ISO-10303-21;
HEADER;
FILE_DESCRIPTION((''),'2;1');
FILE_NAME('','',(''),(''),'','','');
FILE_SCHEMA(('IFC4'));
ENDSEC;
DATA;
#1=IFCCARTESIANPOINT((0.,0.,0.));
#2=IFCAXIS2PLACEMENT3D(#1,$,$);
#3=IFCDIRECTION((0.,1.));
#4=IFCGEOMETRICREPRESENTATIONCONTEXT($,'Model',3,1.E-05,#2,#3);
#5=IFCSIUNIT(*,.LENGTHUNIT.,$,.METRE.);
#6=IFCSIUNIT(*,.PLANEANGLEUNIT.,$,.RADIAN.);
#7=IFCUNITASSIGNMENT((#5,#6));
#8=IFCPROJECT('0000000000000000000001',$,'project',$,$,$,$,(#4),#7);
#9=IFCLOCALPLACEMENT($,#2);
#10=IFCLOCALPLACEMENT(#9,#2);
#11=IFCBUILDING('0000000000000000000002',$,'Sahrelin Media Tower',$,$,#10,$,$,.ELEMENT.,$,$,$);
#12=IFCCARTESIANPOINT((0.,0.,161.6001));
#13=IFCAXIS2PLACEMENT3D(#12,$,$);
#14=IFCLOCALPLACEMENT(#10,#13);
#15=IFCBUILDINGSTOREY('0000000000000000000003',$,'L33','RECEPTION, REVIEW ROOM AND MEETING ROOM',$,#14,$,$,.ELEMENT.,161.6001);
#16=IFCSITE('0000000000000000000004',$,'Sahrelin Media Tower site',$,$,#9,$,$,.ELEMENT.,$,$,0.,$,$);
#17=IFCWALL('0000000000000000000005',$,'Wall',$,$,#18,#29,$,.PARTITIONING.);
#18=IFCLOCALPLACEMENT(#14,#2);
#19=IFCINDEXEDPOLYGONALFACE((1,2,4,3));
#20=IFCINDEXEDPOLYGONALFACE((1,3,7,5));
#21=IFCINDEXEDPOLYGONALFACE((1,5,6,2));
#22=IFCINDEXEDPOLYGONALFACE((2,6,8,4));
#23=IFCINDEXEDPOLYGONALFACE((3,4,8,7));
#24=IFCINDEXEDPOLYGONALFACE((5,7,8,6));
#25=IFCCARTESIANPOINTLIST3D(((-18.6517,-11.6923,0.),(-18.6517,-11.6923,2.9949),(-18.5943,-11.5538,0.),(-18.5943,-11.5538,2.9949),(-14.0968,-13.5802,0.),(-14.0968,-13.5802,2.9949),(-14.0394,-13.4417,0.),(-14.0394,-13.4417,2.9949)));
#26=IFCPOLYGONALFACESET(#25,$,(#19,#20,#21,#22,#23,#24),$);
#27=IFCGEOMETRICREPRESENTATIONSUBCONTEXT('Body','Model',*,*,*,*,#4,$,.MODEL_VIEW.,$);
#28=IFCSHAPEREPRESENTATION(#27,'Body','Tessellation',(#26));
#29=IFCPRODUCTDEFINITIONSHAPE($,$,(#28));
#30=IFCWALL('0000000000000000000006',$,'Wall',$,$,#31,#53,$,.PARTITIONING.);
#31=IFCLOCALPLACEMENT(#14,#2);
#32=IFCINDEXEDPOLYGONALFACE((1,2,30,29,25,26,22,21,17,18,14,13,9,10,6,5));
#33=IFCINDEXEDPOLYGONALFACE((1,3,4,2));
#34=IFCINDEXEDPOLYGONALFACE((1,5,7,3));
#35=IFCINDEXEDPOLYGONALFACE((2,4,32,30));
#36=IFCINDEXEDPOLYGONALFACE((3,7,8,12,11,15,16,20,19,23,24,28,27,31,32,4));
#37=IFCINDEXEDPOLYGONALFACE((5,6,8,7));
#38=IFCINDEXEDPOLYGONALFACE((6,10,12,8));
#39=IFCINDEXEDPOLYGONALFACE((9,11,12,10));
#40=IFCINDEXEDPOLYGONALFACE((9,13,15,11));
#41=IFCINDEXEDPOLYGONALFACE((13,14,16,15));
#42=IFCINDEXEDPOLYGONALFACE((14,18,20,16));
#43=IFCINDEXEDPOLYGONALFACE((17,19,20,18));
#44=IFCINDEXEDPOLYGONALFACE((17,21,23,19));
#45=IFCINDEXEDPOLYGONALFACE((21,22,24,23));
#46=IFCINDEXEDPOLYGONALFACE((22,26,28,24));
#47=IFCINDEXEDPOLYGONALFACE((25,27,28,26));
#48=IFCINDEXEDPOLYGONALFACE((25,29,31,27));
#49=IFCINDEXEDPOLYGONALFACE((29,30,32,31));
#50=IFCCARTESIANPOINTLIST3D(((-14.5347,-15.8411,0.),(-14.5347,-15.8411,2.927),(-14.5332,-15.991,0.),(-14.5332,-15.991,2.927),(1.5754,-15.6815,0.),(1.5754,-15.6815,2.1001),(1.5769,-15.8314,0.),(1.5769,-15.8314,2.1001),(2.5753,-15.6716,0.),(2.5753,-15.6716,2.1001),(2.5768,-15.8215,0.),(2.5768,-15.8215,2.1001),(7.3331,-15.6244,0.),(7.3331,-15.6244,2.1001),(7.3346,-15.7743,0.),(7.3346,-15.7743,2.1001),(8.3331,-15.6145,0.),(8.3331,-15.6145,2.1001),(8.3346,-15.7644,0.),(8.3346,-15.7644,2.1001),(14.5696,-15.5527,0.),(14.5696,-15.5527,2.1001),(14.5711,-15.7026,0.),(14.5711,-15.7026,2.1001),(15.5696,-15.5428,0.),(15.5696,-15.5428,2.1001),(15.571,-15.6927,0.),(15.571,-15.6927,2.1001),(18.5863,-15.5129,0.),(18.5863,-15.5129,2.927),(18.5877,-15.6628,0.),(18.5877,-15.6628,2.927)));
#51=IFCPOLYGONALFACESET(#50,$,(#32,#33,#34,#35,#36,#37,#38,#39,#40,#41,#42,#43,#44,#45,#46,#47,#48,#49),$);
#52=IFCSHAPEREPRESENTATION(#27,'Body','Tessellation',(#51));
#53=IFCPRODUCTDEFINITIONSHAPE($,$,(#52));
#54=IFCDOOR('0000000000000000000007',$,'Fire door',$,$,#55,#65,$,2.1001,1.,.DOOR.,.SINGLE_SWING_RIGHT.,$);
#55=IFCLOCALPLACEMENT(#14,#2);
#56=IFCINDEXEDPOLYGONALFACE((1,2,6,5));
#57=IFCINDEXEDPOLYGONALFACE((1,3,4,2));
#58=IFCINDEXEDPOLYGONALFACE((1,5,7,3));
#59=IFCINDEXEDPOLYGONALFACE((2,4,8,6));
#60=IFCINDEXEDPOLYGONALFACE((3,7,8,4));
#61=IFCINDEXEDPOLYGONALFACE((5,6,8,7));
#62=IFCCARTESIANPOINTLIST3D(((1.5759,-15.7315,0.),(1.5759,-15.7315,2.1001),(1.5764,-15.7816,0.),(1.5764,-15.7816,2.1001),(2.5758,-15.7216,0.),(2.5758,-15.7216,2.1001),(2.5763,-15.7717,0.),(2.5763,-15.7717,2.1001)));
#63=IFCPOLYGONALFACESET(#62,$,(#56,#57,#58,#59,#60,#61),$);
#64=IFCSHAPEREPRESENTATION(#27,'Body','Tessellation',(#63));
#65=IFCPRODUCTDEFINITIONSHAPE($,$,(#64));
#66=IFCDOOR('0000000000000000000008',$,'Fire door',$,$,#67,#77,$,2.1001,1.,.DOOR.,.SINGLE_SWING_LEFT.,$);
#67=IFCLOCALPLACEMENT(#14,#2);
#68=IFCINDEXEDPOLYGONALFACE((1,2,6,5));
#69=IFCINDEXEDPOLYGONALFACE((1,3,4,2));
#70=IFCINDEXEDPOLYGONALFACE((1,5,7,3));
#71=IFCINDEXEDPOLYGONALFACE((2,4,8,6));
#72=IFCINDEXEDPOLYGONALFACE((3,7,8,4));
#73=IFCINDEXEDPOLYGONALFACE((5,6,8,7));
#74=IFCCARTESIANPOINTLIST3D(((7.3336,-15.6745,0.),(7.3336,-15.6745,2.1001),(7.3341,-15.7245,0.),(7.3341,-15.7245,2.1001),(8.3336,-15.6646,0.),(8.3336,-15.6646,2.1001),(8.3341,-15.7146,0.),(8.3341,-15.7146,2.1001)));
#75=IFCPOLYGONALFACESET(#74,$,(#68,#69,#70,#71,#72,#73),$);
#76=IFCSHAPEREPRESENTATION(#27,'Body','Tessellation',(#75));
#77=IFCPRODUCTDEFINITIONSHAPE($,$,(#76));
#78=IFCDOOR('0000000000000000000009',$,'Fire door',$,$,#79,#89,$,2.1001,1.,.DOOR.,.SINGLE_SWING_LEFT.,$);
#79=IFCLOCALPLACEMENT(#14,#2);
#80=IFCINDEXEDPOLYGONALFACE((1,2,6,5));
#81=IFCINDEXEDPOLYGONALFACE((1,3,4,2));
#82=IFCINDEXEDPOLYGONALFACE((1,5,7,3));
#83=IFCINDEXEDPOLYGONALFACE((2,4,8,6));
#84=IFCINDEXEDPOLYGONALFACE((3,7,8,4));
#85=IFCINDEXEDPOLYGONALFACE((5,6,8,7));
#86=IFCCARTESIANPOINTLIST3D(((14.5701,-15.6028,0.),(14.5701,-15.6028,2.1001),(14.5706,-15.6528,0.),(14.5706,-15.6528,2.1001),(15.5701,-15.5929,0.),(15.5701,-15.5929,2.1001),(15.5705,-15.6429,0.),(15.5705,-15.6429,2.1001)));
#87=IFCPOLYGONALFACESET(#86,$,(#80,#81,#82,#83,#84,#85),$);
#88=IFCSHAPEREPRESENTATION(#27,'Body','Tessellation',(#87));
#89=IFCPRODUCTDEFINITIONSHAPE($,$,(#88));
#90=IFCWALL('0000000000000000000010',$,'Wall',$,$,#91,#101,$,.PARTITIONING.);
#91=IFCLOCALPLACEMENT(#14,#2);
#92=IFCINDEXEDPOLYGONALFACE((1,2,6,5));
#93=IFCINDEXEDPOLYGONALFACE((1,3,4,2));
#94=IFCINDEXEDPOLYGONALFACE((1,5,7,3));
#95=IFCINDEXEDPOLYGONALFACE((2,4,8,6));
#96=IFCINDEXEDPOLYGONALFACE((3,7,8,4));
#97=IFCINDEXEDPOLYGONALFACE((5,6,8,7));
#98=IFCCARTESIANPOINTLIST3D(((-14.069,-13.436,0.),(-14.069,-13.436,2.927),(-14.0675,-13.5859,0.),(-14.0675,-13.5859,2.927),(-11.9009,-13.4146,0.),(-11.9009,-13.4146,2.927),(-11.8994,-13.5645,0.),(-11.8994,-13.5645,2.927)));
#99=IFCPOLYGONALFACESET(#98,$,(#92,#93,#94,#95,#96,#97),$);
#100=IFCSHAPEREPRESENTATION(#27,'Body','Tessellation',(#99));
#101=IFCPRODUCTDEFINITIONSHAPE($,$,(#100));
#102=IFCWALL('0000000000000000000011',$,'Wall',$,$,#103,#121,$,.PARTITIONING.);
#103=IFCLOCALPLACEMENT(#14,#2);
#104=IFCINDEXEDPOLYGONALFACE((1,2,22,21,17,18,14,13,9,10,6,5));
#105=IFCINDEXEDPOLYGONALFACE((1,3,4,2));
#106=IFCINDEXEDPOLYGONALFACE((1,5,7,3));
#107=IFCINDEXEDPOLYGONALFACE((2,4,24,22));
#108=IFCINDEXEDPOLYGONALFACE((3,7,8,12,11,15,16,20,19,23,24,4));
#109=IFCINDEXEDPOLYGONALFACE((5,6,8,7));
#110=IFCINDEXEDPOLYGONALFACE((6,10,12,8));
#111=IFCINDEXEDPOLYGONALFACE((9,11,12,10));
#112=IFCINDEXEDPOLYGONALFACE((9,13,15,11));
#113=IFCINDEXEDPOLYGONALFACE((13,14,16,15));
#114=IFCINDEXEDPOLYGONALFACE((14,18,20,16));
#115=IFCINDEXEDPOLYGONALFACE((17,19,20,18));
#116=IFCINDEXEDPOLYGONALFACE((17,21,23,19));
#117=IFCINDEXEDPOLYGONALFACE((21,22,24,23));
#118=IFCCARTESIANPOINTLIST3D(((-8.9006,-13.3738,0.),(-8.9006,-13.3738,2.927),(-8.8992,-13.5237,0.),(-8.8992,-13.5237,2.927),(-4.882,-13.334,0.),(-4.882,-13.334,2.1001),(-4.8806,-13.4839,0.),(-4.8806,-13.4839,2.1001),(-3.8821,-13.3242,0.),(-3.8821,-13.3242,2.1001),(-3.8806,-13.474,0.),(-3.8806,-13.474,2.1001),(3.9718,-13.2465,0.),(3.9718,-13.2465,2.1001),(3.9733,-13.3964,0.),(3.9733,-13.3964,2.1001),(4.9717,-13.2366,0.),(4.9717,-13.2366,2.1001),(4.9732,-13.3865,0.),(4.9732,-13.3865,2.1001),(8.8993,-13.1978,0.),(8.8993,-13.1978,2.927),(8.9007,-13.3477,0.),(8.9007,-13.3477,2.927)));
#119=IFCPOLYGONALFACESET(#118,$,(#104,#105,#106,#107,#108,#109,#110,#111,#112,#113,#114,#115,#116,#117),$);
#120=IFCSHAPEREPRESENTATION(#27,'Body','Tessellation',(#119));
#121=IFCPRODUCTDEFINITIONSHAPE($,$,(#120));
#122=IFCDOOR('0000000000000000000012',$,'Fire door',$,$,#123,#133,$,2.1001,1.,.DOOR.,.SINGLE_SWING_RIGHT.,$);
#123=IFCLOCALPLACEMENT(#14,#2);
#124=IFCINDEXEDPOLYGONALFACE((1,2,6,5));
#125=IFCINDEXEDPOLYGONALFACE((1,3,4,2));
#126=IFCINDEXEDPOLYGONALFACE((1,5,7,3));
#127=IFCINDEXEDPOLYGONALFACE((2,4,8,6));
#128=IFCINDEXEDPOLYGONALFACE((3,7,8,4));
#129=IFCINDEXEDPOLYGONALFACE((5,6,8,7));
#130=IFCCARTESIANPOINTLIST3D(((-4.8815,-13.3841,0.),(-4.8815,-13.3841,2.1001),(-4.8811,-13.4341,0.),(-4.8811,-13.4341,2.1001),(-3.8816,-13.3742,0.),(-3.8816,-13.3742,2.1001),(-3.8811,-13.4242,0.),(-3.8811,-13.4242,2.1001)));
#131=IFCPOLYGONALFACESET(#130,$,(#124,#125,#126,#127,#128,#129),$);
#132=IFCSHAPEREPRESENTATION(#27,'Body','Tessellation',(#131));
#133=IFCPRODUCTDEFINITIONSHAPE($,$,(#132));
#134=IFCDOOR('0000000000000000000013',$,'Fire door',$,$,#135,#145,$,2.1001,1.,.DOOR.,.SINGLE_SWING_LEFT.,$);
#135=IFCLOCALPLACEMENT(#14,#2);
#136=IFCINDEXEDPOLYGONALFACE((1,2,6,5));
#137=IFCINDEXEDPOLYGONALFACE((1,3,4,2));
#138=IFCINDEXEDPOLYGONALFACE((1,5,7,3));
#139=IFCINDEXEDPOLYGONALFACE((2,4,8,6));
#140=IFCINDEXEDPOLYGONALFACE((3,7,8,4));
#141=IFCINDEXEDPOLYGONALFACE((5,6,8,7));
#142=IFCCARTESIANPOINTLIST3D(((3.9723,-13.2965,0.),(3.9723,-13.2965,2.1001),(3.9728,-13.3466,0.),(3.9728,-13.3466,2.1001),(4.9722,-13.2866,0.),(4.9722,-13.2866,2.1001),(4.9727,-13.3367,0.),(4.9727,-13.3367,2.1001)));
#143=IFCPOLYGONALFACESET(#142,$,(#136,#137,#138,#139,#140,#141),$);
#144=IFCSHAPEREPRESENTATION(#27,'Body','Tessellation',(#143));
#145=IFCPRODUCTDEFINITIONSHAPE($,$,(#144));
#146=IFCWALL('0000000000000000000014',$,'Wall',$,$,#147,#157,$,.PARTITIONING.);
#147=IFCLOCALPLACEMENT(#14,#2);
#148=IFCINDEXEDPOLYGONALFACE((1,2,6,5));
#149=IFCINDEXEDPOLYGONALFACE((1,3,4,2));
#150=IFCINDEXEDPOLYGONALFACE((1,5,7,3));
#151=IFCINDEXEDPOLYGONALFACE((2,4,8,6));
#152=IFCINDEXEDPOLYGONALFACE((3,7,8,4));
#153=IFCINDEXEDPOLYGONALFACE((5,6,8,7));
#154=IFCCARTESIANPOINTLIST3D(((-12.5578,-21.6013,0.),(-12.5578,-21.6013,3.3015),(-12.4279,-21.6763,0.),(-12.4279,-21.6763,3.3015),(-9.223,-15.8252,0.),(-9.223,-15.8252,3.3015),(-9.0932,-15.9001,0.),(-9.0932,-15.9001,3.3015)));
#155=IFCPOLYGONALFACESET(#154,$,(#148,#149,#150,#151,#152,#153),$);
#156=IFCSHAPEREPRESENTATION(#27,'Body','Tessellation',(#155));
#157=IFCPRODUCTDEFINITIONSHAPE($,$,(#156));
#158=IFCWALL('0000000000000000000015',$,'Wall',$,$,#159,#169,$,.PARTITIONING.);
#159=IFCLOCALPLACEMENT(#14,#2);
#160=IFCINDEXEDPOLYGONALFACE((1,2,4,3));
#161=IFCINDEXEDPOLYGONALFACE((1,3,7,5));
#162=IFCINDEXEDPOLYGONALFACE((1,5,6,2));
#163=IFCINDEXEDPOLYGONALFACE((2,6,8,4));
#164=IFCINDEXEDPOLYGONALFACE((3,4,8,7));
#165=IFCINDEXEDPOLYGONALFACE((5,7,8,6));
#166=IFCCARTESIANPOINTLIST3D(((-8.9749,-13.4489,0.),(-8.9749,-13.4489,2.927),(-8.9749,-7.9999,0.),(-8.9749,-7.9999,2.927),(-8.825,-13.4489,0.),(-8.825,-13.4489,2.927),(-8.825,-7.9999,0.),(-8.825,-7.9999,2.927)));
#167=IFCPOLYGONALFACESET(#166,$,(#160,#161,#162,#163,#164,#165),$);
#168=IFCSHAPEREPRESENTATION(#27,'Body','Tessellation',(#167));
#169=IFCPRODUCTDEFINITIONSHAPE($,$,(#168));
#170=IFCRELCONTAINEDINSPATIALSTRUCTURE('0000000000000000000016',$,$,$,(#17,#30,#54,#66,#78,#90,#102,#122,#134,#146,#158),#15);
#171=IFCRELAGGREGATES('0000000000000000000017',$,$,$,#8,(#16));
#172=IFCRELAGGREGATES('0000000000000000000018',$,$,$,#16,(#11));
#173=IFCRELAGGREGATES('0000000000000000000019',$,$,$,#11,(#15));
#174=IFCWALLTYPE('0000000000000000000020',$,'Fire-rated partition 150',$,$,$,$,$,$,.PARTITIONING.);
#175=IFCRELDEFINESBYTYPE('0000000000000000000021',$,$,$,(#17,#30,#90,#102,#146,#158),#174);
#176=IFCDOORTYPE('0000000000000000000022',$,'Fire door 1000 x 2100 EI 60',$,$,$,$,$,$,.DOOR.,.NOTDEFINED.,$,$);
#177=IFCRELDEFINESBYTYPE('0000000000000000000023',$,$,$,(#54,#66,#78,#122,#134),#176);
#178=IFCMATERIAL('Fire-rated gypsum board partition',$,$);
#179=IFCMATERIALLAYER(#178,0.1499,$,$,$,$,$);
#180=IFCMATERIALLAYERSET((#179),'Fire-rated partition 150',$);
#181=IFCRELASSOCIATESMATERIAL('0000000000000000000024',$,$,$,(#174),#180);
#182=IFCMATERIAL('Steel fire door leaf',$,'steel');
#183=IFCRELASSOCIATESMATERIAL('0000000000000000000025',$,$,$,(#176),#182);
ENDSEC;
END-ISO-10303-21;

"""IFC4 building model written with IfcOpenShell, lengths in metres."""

from ifc_helpers import new_model, si_unit, direction, frame, frame_2d, origin, place, context, subcontext, project, spatial, rectangle, extrude, material, layer, layer_set, type_object, element, fill, save


model = new_model("IFC4")

# Units and contexts
model_context = context("Model", 3, precision=1e-05, world=origin(), true_north=direction((0.0, 1.0)))
body_context = subcontext(model_context, "Body", "Model", "MODEL_VIEW")
ifc_project = project(units=[si_unit("LENGTHUNIT", "METRE"), si_unit("PLANEANGLEUNIT", "RADIAN")], contexts=[model_context])

# Site, building, storey
site_placement = place(None, origin())
site = spatial("IfcSite", under=ifc_project, at=site_placement, Name="Sahrelin Media Tower site", CompositionType="ELEMENT", RefElevation=0.0)
building_placement = place(site_placement, origin())
building = spatial("IfcBuilding", under=site, at=building_placement, Name="Sahrelin Media Tower", CompositionType="ELEMENT")
storey_placement = place(building_placement, frame((0.0, 0.0, 161.6001)))
storey = spatial("IfcBuildingStorey", under=building, at=storey_placement, Name="L33", Description="RECEPTION, REVIEW ROOM AND MEETING ROOM", CompositionType="ELEMENT", Elevation=161.6001)

# Wall
ifc_material_1 = material(Name="Fire-rated gypsum board partition")
ifc_layer_1 = layer(ifc_material_1, 0.1499)
ifc_layer_set_1 = layer_set([ifc_layer_1], Name="Fire-rated partition 150")
wall_type_1 = type_object("IfcWallType", Name="Fire-rated partition 150", PredefinedType="PARTITIONING", material=ifc_layer_set_1)
wall_1_placement = place(storey_placement, frame((-18.623, -11.623, 0.0), z_axis=(0.0, 0.0, 1.0), x_axis=(0.923792, -0.382895, 0.0)))
element("IfcWall", 1, at=wall_1_placement, inside=storey, type_object=wall_type_1, Name="Wall", PredefinedType="PARTITIONING", context=body_context, shape_type="SweptSolid", body=[
    extrude(rectangle(XDim=4.9307, YDim=0.1499, at=frame_2d((2.4653, 0.0))), origin(), (0.0, 0.0, 1.0), 2.9949),
])

# Wall, openings, doors
wall_2_placement = place(storey_placement, frame((-14.5339, -15.916, 0.0), z_axis=(0.0, 0.0, 1.0), x_axis=(0.999951, 0.009906, 0.0)))
wall_2 = element("IfcWall", 2, at=wall_2_placement, inside=storey, type_object=wall_type_1, Name="Wall", PredefinedType="PARTITIONING", context=body_context, shape_type="SweptSolid", body=[
    extrude(rectangle(XDim=33.1226, YDim=0.1499, at=frame_2d((16.5613, 0.0))), origin(), (0.0, 0.0, 1.0), 2.927),
])
opening_1_placement = place(wall_2_placement, frame((16.1108, 0.0, 0.0)))
opening_1 = element("IfcOpeningElement", 3, at=opening_1_placement, cuts=wall_2, PredefinedType="OPENING", context=body_context, shape_type="SweptSolid", body=[
    extrude(rectangle(XDim=1.0, YDim=2.1001, at=frame_2d((0.5, 1.05))), frame((0.0, 0.075, 0.0), z_axis=(0.0, -1.0, 0.0), x_axis=(1.0, 0.0, 0.0)), (0.0, 0.0, 1.0), 0.1499),
])
opening_2_placement = place(wall_2_placement, frame((21.8689, 0.0, 0.0)))
opening_2 = element("IfcOpeningElement", 4, at=opening_2_placement, cuts=wall_2, PredefinedType="OPENING", context=body_context, shape_type="SweptSolid", body=[
    extrude(rectangle(XDim=1.0, YDim=2.1001, at=frame_2d((0.5, 1.05))), frame((0.0, 0.075, 0.0), z_axis=(0.0, -1.0, 0.0), x_axis=(1.0, 0.0, 0.0)), (0.0, 0.0, 1.0), 0.1499),
])
opening_3_placement = place(wall_2_placement, frame((29.1057, 0.0, 0.0)))
opening_3 = element("IfcOpeningElement", 5, at=opening_3_placement, cuts=wall_2, PredefinedType="OPENING", context=body_context, shape_type="SweptSolid", body=[
    extrude(rectangle(XDim=1.0, YDim=2.1001, at=frame_2d((0.5, 1.05))), frame((0.0, 0.075, 0.0), z_axis=(0.0, -1.0, 0.0), x_axis=(1.0, 0.0, 0.0)), (0.0, 0.0, 1.0), 0.1499),
])
ifc_material_2 = material(Name="Steel fire door leaf", Category="steel")
door_type_1 = type_object("IfcDoorType", Name="Fire door 1000 x 2100 EI 60", OperationType="NOTDEFINED", PredefinedType="DOOR", material=ifc_material_2)
door_1_placement = place(opening_1_placement, origin())
door_1 = element("IfcDoor", 6, at=door_1_placement, inside=storey, type_object=door_type_1, Name="Fire door", OperationType="SINGLE_SWING_RIGHT", OverallHeight=2.1001, OverallWidth=1.0, PredefinedType="DOOR", context=body_context, shape_type="SweptSolid", body=[
    extrude(rectangle(XDim=1.0, YDim=2.1001, at=frame_2d((0.5, 1.05))), frame((0.0, 0.0249, 0.0), z_axis=(0.0, -1.0, 0.0), x_axis=(1.0, 0.0, 0.0)), (0.0, 0.0, 1.0), 0.05),
])
fill(opening_1, door_1)
door_2_placement = place(opening_2_placement, origin())
door_2 = element("IfcDoor", 7, at=door_2_placement, inside=storey, type_object=door_type_1, Name="Fire door", OperationType="SINGLE_SWING_LEFT", OverallHeight=2.1001, OverallWidth=1.0, PredefinedType="DOOR", context=body_context, shape_type="SweptSolid", body=[
    extrude(rectangle(XDim=1.0, YDim=2.1001, at=frame_2d((0.5, 1.05))), frame((0.0, 0.0249, 0.0), z_axis=(0.0, -1.0, 0.0), x_axis=(1.0, 0.0, 0.0)), (0.0, 0.0, 1.0), 0.05),
])
fill(opening_2, door_2)
door_3_placement = place(opening_3_placement, origin())
door_3 = element("IfcDoor", 8, at=door_3_placement, inside=storey, type_object=door_type_1, Name="Fire door", OperationType="SINGLE_SWING_LEFT", OverallHeight=2.1001, OverallWidth=1.0, PredefinedType="DOOR", context=body_context, shape_type="SweptSolid", body=[
    extrude(rectangle(XDim=1.0, YDim=2.1001, at=frame_2d((0.5, 1.05))), frame((0.0, 0.0249, 0.0), z_axis=(0.0, -1.0, 0.0), x_axis=(1.0, 0.0, 0.0)), (0.0, 0.0, 1.0), 0.05),
])
fill(opening_3, door_3)

# Wall
wall_3_placement = place(storey_placement, frame((-14.0681, -13.511, 0.0), z_axis=(0.0, 0.0, 1.0), x_axis=(0.999951, 0.009908, 0.0)))
element("IfcWall", 9, at=wall_3_placement, inside=storey, type_object=wall_type_1, Name="Wall", PredefinedType="PARTITIONING", context=body_context, shape_type="SweptSolid", body=[
    extrude(rectangle(XDim=2.1682, YDim=0.1499, at=frame_2d((1.084, 0.0))), origin(), (0.0, 0.0, 1.0), 2.927),
])

# Wall, openings, doors
wall_4_placement = place(storey_placement, frame((-8.8999, -13.4487, 0.0), z_axis=(0.0, 0.0, 1.0), x_axis=(0.999951, 0.009889, 0.0)))
wall_4 = element("IfcWall", 10, at=wall_4_placement, inside=storey, type_object=wall_type_1, Name="Wall", PredefinedType="PARTITIONING", context=body_context, shape_type="SweptSolid", body=[
    extrude(rectangle(XDim=17.8008, YDim=0.1499, at=frame_2d((8.9004, 0.0))), origin(), (0.0, 0.0, 1.0), 2.927),
])
opening_4_placement = place(wall_4_placement, frame((4.0188, 0.0, 0.0)))
opening_4 = element("IfcOpeningElement", 11, at=opening_4_placement, cuts=wall_4, PredefinedType="OPENING", context=body_context, shape_type="SweptSolid", body=[
    extrude(rectangle(XDim=1.0, YDim=2.1001, at=frame_2d((0.5, 1.05))), frame((0.0, 0.075, 0.0), z_axis=(0.0, -1.0, 0.0), x_axis=(1.0, 0.0, 0.0)), (0.0, 0.0, 1.0), 0.1499),
])
opening_5_placement = place(wall_4_placement, frame((12.873, 0.0, 0.0)))
opening_5 = element("IfcOpeningElement", 12, at=opening_5_placement, cuts=wall_4, PredefinedType="OPENING", context=body_context, shape_type="SweptSolid", body=[
    extrude(rectangle(XDim=1.0, YDim=2.1001, at=frame_2d((0.5, 1.05))), frame((0.0, 0.075, 0.0), z_axis=(0.0, -1.0, 0.0), x_axis=(1.0, 0.0, 0.0)), (0.0, 0.0, 1.0), 0.1499),
])
door_4_placement = place(opening_4_placement, origin())
door_4 = element("IfcDoor", 13, at=door_4_placement, inside=storey, type_object=door_type_1, Name="Fire door", OperationType="SINGLE_SWING_RIGHT", OverallHeight=2.1001, OverallWidth=1.0, PredefinedType="DOOR", context=body_context, shape_type="SweptSolid", body=[
    extrude(rectangle(XDim=1.0, YDim=2.1001, at=frame_2d((0.5, 1.05))), frame((0.0, 0.0249, 0.0), z_axis=(0.0, -1.0, 0.0), x_axis=(1.0, 0.0, 0.0)), (0.0, 0.0, 1.0), 0.05),
])
fill(opening_4, door_4)
door_5_placement = place(opening_5_placement, origin())
door_5 = element("IfcDoor", 14, at=door_5_placement, inside=storey, type_object=door_type_1, Name="Fire door", OperationType="SINGLE_SWING_LEFT", OverallHeight=2.1001, OverallWidth=1.0, PredefinedType="DOOR", context=body_context, shape_type="SweptSolid", body=[
    extrude(rectangle(XDim=1.0, YDim=2.1001, at=frame_2d((0.5, 1.05))), frame((0.0, 0.0249, 0.0), z_axis=(0.0, -1.0, 0.0), x_axis=(1.0, 0.0, 0.0)), (0.0, 0.0, 1.0), 0.05),
])
fill(opening_5, door_5)

# Walls
wall_5_placement = place(storey_placement, frame((-12.4929, -21.6389, 0.0), z_axis=(0.0, 0.0, 1.0), x_axis=(0.499985, 0.866034, 0.0)))
element("IfcWall", 15, at=wall_5_placement, inside=storey, type_object=wall_type_1, Name="Wall", PredefinedType="PARTITIONING", context=body_context, shape_type="SweptSolid", body=[
    extrude(rectangle(XDim=6.6697, YDim=0.1499, at=frame_2d((3.335, 0.0))), origin(), (0.0, 0.0, 1.0), 3.3015),
])
wall_6_placement = place(storey_placement, frame((-8.8999, -13.449, 0.0), z_axis=(0.0, 0.0, 1.0), x_axis=(0.0, 1.0, 0.0)))
element("IfcWall", 16, at=wall_6_placement, inside=storey, type_object=wall_type_1, Name="Wall", PredefinedType="PARTITIONING", context=body_context, shape_type="SweptSolid", body=[
    extrude(rectangle(XDim=5.449, YDim=0.1499, at=frame_2d((2.7246, 0.0))), origin(), (0.0, 0.0, 1.0), 2.927),
])

save(model, "model.ifc")
